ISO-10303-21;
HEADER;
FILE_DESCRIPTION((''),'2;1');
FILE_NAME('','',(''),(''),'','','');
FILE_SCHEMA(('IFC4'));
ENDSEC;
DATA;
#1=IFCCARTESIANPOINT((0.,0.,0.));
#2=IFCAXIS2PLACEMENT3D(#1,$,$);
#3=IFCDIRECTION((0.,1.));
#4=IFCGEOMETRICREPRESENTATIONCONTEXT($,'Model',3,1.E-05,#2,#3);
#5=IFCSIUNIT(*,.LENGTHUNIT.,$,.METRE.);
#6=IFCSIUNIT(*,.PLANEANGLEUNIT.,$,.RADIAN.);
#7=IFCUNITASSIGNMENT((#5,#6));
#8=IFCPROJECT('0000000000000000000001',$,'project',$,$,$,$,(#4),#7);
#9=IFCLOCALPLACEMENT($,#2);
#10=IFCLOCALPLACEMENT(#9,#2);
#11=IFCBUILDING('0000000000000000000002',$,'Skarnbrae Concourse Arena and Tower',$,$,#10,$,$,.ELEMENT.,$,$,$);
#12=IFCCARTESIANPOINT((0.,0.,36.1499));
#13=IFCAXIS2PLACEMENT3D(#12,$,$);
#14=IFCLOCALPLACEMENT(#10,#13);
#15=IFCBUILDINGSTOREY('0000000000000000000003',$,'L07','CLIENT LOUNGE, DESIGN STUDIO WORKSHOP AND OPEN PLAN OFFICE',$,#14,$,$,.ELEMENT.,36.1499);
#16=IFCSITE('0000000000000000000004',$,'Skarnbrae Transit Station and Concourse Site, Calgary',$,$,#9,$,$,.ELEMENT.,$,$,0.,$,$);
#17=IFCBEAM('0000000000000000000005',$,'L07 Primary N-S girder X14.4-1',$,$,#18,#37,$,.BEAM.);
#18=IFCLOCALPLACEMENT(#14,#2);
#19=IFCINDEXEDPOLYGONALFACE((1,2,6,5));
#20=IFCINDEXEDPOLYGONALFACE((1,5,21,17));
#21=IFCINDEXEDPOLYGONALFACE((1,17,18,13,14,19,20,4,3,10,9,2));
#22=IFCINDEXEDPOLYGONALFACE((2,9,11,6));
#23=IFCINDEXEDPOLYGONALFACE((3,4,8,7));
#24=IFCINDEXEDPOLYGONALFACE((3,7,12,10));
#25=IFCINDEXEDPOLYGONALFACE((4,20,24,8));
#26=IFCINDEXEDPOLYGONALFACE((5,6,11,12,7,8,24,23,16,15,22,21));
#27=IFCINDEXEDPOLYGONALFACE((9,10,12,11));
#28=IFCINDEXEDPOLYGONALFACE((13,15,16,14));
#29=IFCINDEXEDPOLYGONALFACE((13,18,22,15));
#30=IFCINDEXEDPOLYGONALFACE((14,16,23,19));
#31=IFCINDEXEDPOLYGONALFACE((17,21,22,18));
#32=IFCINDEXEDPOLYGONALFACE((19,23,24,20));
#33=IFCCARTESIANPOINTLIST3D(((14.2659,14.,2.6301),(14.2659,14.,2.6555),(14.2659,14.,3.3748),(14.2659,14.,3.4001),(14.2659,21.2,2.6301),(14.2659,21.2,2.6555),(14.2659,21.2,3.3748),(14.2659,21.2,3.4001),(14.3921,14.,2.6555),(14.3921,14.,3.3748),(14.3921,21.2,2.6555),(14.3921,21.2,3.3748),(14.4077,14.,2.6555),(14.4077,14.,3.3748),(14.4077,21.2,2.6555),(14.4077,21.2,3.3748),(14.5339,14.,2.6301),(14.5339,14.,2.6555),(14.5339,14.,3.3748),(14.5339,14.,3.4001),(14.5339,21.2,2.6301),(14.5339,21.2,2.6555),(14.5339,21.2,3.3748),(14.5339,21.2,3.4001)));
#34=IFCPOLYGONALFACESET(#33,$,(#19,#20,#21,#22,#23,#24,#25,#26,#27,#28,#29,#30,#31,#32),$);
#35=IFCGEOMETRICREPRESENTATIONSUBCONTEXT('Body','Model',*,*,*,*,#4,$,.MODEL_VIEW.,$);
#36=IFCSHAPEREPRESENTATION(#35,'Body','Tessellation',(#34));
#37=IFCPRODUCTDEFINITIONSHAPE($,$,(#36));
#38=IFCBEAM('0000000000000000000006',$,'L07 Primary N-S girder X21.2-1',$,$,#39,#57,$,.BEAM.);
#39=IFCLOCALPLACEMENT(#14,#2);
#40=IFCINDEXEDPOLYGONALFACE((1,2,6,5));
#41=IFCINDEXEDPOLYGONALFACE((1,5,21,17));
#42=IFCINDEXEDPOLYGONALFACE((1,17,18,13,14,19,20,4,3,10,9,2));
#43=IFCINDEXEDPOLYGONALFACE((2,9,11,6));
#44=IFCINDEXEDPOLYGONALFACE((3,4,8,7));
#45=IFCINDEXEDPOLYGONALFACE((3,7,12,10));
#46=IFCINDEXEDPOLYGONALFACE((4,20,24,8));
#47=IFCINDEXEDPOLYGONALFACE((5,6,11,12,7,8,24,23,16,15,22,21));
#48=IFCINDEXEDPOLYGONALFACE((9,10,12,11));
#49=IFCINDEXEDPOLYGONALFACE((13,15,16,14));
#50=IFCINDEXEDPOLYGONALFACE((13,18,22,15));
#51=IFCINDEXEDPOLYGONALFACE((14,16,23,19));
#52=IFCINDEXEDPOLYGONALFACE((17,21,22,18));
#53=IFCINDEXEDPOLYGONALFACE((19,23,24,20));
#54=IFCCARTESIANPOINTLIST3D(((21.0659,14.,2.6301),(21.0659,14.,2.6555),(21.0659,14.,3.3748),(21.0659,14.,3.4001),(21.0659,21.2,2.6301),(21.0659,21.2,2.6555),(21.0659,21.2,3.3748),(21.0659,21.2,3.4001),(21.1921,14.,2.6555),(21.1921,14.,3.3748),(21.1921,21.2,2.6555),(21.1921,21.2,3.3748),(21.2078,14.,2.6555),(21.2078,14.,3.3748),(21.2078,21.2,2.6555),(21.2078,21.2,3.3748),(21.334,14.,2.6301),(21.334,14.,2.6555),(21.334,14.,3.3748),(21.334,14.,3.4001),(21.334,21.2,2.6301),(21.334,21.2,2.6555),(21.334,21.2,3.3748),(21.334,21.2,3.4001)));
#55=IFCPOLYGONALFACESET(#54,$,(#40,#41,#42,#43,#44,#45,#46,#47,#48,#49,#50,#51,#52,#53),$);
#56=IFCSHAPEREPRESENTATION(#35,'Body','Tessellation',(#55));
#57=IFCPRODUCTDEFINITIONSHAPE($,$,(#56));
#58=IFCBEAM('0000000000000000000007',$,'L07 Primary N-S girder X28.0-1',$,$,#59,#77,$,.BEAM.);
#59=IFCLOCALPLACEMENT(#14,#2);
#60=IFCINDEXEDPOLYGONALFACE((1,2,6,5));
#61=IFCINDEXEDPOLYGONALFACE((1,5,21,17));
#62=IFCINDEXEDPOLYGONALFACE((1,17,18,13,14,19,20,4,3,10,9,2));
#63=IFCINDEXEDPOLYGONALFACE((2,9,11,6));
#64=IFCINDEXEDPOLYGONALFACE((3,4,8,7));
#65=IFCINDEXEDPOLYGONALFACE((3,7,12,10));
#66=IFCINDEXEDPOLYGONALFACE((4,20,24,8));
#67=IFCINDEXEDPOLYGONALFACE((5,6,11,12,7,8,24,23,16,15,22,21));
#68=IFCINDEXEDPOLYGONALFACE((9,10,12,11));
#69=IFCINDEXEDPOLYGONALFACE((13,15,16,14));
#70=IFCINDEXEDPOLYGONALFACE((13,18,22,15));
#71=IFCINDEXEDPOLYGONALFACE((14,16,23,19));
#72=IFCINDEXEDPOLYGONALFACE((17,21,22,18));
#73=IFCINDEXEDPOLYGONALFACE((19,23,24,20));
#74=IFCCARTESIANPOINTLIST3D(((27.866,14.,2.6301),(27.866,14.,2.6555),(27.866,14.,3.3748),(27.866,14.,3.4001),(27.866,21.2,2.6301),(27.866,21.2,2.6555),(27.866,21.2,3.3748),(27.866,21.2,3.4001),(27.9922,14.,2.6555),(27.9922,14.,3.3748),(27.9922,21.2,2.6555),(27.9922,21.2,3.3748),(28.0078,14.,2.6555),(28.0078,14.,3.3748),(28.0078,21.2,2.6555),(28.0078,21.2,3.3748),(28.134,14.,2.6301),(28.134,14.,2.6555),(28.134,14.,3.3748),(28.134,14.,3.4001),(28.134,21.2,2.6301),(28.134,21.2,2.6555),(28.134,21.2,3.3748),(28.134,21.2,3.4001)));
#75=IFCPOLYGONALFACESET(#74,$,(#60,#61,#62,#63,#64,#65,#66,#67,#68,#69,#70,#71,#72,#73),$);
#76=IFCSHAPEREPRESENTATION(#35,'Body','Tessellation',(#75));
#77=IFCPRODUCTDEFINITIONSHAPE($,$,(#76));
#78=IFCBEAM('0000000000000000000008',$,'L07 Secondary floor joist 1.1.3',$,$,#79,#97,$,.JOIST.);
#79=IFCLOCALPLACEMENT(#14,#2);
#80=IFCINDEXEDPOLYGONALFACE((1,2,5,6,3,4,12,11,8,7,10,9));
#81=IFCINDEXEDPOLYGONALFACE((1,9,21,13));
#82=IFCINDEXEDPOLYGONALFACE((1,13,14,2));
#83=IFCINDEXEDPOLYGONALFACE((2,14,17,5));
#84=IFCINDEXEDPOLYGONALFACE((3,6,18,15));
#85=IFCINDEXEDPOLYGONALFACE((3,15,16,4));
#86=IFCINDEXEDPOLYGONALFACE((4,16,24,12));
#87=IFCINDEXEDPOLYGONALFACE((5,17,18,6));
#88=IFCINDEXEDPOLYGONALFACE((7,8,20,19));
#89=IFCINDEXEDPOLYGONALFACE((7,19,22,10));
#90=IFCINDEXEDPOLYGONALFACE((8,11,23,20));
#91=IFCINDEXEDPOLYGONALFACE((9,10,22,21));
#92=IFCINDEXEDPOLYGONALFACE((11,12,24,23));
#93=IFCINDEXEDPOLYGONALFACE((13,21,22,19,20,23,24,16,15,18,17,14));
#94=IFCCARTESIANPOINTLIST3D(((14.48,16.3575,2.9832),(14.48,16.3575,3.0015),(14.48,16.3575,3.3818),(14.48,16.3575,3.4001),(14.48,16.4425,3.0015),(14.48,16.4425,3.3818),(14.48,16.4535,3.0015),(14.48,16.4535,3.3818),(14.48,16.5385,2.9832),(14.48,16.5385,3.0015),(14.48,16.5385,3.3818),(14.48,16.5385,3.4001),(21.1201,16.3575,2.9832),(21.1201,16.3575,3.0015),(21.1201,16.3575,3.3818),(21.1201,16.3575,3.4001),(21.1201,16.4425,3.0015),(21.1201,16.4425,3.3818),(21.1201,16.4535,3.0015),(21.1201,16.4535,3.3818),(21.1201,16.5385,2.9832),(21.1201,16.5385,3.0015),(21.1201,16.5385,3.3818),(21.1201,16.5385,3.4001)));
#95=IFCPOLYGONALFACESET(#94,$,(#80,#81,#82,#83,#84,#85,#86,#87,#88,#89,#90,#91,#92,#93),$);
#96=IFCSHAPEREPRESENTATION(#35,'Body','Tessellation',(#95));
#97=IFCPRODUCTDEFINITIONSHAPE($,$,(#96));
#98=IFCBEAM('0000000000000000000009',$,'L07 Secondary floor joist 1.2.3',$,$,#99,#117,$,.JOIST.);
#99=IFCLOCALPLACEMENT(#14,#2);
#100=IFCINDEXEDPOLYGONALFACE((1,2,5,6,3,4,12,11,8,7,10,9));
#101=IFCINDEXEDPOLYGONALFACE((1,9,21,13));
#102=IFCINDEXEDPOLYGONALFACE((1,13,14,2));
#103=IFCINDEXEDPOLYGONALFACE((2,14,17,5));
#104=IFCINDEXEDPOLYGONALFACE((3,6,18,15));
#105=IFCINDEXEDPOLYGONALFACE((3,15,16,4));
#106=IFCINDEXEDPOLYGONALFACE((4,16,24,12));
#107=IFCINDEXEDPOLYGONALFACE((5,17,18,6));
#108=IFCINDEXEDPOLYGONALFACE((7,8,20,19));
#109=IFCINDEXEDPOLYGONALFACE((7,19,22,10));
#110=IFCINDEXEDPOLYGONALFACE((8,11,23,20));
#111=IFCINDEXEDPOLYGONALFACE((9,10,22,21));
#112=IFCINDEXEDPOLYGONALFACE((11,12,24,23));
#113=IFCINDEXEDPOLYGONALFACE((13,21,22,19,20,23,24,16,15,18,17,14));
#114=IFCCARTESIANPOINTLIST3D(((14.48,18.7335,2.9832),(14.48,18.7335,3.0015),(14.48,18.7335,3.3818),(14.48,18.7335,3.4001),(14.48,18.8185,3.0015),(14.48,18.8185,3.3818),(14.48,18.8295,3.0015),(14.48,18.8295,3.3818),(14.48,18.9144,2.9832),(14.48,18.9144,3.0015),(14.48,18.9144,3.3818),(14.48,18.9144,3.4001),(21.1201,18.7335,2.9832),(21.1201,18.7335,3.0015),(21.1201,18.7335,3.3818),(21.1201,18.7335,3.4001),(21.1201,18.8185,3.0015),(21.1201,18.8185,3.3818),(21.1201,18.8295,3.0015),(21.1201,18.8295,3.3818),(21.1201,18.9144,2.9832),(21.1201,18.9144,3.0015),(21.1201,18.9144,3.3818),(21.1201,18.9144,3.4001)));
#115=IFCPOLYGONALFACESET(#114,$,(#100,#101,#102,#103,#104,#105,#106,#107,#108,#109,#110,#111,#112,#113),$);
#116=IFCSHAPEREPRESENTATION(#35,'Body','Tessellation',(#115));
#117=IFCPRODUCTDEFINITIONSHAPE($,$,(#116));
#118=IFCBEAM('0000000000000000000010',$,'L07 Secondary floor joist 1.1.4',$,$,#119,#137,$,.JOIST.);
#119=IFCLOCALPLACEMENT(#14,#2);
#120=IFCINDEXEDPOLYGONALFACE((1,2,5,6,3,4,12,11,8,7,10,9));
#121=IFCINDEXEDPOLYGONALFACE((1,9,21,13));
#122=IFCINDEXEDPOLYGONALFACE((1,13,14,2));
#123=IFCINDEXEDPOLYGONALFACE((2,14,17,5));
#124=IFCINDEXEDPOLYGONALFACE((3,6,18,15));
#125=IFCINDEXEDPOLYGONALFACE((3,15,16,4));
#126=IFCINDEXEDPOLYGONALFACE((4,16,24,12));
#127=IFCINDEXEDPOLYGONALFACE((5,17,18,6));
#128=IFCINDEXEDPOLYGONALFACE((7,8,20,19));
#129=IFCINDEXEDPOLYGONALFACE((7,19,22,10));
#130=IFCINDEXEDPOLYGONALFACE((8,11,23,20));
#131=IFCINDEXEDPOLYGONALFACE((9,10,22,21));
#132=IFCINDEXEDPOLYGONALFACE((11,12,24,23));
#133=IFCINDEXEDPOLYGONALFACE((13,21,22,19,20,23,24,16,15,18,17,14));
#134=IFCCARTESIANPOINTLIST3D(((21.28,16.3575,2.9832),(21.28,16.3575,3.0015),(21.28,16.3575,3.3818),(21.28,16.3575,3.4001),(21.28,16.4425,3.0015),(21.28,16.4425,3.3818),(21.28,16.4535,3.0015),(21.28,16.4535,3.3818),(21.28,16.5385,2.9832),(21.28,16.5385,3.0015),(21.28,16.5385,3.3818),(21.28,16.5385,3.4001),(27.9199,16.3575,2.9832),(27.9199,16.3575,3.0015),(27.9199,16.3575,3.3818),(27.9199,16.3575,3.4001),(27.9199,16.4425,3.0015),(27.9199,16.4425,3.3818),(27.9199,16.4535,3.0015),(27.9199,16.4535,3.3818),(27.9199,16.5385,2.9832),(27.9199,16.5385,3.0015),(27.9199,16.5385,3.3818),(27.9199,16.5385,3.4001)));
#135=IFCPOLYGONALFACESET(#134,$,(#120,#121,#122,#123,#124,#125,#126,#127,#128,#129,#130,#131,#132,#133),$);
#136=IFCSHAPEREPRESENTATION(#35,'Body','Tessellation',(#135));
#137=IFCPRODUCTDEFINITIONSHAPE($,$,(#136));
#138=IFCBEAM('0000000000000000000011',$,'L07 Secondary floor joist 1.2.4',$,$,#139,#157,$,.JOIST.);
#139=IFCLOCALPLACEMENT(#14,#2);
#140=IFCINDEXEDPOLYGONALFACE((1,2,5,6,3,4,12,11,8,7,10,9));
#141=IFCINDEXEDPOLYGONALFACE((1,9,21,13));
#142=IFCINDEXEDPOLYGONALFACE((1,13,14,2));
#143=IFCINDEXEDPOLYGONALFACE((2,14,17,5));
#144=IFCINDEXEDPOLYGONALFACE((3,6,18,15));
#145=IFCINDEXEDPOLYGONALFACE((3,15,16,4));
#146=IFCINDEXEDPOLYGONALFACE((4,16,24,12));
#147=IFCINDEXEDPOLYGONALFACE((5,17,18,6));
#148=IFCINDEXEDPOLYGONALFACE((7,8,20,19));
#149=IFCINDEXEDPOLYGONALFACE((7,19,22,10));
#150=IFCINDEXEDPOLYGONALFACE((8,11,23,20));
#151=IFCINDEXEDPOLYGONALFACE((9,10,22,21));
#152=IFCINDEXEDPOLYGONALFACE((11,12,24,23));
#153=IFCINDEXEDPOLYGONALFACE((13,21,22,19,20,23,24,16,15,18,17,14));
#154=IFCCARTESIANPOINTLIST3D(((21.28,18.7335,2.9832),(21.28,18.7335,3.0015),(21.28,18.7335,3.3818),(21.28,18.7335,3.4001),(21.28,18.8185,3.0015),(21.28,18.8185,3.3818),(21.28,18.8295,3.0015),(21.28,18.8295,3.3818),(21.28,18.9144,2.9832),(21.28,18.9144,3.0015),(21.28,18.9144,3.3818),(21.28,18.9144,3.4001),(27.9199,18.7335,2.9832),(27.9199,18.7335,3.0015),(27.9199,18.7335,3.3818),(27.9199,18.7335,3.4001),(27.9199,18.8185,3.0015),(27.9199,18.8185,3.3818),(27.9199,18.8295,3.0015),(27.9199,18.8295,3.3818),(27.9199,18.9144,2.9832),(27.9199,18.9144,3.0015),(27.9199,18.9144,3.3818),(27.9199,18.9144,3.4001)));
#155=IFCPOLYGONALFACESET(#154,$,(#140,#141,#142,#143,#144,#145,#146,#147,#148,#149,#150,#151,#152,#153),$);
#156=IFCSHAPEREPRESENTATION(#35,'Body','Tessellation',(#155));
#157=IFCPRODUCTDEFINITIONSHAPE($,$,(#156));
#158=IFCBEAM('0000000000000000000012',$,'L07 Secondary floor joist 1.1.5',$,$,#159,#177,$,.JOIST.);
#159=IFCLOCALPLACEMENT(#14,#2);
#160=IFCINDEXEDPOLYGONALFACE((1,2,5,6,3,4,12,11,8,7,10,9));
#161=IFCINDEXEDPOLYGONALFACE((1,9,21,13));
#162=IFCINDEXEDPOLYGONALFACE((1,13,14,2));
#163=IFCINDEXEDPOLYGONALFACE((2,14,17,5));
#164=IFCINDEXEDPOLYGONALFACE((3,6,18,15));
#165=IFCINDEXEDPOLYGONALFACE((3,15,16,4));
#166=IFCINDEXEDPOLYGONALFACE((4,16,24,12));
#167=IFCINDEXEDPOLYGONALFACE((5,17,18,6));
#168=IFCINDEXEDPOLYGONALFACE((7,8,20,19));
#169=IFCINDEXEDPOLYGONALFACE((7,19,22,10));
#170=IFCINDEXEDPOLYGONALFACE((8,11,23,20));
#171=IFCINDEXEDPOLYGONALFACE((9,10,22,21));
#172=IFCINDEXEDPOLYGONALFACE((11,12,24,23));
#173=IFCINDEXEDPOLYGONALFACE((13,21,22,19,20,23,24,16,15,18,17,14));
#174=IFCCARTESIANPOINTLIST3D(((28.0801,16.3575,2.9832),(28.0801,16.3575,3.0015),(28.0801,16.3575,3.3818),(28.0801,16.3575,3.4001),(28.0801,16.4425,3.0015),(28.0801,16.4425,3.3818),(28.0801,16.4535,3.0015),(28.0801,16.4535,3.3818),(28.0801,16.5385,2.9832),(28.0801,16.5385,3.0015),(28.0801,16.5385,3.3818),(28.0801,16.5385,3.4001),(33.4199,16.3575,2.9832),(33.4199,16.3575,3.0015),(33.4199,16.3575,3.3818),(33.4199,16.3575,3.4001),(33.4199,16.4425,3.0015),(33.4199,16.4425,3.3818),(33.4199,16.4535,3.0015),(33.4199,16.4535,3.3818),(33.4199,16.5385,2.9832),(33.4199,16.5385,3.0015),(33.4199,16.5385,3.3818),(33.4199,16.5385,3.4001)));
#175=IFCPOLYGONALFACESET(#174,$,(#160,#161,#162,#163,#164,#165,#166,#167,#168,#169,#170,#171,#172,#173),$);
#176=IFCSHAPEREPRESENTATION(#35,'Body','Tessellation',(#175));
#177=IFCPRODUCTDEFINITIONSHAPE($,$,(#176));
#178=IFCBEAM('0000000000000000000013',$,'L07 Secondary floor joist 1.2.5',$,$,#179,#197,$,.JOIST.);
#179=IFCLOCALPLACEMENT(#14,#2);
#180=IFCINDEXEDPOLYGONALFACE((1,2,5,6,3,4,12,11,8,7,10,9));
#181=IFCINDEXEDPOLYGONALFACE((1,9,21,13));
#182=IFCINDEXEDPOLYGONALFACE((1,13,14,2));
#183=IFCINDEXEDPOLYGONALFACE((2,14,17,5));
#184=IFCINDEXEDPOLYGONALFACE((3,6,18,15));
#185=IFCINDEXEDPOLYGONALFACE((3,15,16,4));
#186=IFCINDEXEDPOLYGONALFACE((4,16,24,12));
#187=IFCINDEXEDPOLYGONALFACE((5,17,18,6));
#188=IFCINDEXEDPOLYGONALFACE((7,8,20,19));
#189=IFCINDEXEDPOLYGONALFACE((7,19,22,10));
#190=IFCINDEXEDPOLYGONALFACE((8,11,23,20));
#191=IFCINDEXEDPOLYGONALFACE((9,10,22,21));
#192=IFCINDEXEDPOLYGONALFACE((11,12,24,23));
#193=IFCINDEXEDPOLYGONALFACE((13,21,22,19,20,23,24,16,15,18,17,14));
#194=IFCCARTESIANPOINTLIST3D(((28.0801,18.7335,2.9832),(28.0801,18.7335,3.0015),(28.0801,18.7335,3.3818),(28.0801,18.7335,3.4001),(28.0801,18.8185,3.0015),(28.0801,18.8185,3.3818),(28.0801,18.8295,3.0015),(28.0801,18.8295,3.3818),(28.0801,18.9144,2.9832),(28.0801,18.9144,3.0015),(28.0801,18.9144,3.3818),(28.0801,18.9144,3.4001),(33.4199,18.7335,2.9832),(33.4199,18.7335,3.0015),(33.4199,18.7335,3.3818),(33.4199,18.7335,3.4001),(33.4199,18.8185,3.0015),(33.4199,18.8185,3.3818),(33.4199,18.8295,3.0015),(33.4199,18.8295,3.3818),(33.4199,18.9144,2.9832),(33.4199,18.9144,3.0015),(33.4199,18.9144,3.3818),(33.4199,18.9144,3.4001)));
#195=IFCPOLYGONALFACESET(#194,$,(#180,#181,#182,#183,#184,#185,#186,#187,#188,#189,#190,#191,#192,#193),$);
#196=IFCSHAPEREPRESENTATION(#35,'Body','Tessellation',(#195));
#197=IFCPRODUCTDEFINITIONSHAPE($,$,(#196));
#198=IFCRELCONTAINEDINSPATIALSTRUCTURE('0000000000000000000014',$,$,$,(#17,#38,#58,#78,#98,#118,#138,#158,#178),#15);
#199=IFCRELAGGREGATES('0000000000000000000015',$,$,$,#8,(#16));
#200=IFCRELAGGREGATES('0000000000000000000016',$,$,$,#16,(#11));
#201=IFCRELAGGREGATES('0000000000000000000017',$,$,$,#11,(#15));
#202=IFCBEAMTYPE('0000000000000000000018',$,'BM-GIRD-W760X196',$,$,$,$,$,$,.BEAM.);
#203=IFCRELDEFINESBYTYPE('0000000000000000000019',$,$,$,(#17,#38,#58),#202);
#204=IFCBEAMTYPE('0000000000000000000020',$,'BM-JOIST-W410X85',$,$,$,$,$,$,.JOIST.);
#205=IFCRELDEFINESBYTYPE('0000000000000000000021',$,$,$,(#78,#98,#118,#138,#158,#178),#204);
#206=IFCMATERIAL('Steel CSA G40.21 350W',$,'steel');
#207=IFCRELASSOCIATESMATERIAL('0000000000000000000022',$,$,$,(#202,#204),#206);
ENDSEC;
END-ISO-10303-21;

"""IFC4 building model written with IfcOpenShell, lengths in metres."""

from ifc_helpers import new_model, si_unit, direction, frame, origin, origin_2d, place, context, subcontext, project, spatial, i_section, extrude, source, transform, mapped, material, material_profile, profile_set, type_object, element, save


model = new_model("IFC4")

# Units and contexts
model_context = context("Model", 3, precision=1e-05, world=origin(), true_north=direction((0.0, 1.0)))
body_context = subcontext(model_context, "Body", "Model", "MODEL_VIEW")
ifc_project = project(units=[si_unit("LENGTHUNIT", "METRE"), si_unit("PLANEANGLEUNIT", "RADIAN")], contexts=[model_context])

# Site, building, storey
site_placement = place(None, origin())
site = spatial("IfcSite", under=ifc_project, at=site_placement, Name="Skarnbrae Transit Station and Concourse Site, Calgary", CompositionType="ELEMENT", RefElevation=0.0)
building_placement = place(site_placement, origin())
building = spatial("IfcBuilding", under=site, at=building_placement, Name="Skarnbrae Concourse Arena and Tower", CompositionType="ELEMENT")
storey_placement = place(building_placement, frame((0.0, 0.0, 36.1499)))
storey = spatial("IfcBuildingStorey", under=building, at=storey_placement, Name="L07", Description="CLIENT LOUNGE, DESIGN STUDIO WORKSHOP AND OPEN PLAN OFFICE", CompositionType="ELEMENT", Elevation=36.1499)

# Shared definitions
ifc_material_1 = material(Name="Steel CSA G40.21 350W", Category="steel")

# Beams
ifc_material_profile_1 = material_profile(ifc_material_1, i_section(OverallWidth=0.2681, OverallDepth=0.77, WebThickness=0.0156, FlangeThickness=0.0254, at=origin_2d()), Name="W760X196")
ifc_profile_set_1 = profile_set([ifc_material_profile_1], Name="Steel CSA G40.21 350W")
beam_type_1 = type_object("IfcBeamType", Name="BM-GIRD-W760X196", PredefinedType="BEAM", material=ifc_profile_set_1)
shared_shape_1 = source(origin(), body_context, "Body", "SweptSolid", [
    extrude(i_section(OverallWidth=0.2681, OverallDepth=0.77, WebThickness=0.0156, FlangeThickness=0.0254, at=origin_2d()), origin(), (0.0, 0.0, 1.0), 7.2),
])
for number, where, z_axis, x_axis, name in (
    (1, (14.3999, 14.0, 3.0151), (0.0, 1.0, 0.0), (-1.0, 0.0, 0.0), "L07 Primary N-S girder X14.4-1"),
    (2, (21.2, 14.0, 3.0151), (0.0, 1.0, 0.0), (-1.0, 0.0, 0.0), "L07 Primary N-S girder X21.2-1"),
    (3, (28.0, 14.0, 3.0151), (0.0, 1.0, 0.0), (-1.0, 0.0, 0.0), "L07 Primary N-S girder X28.0-1"),
):
    element("IfcBeam", number, at=place(storey_placement, frame(where, z_axis=z_axis, x_axis=x_axis)), inside=storey, type_object=beam_type_1, Name=name, PredefinedType="BEAM", context=body_context, shape_type="MappedRepresentation", body=[
        mapped(shared_shape_1, transform((0.0, 0.0, 0.0))),
    ])
ifc_material_profile_2 = material_profile(ifc_material_1, i_section(OverallWidth=0.1809, OverallDepth=0.417, WebThickness=0.011, FlangeThickness=0.0183, at=origin_2d()), Name="W410X85")
ifc_profile_set_2 = profile_set([ifc_material_profile_2], Name="Steel CSA G40.21 350W")
beam_type_2 = type_object("IfcBeamType", Name="BM-JOIST-W410X85", PredefinedType="JOIST", material=ifc_profile_set_2)
shared_shape_2 = source(origin(), body_context, "Body", "SweptSolid", [
    extrude(i_section(OverallWidth=0.1809, OverallDepth=0.417, WebThickness=0.011, FlangeThickness=0.0183, at=origin_2d()), origin(), (0.0, 0.0, 1.0), 6.6401),
])
for number, where, z_axis, x_axis, name in (
    (4, (14.48, 16.448, 3.1917), (1.0, 0.0, 0.0), (0.0, 1.0, 0.0), "L07 Secondary floor joist 1.1.3"),
    (5, (14.48, 18.824, 3.1917), (1.0, 0.0, 0.0), (0.0, 1.0, 0.0), "L07 Secondary floor joist 1.2.3"),
):
    element("IfcBeam", number, at=place(storey_placement, frame(where, z_axis=z_axis, x_axis=x_axis)), inside=storey, type_object=beam_type_2, Name=name, PredefinedType="JOIST", context=body_context, shape_type="MappedRepresentation", body=[
        mapped(shared_shape_2, transform((0.0, 0.0, 0.0))),
    ])
shared_shape_3 = source(origin(), body_context, "Body", "SweptSolid", [
    extrude(i_section(OverallWidth=0.1809, OverallDepth=0.417, WebThickness=0.011, FlangeThickness=0.0183, at=origin_2d()), origin(), (0.0, 0.0, 1.0), 6.6399),
])
for number, where, z_axis, x_axis, name in (
    (6, (21.28, 16.448, 3.1917), (1.0, 0.0, 0.0), (0.0, 1.0, 0.0), "L07 Secondary floor joist 1.1.4"),
    (7, (21.28, 18.824, 3.1917), (1.0, 0.0, 0.0), (0.0, 1.0, 0.0), "L07 Secondary floor joist 1.2.4"),
):
    element("IfcBeam", number, at=place(storey_placement, frame(where, z_axis=z_axis, x_axis=x_axis)), inside=storey, type_object=beam_type_2, Name=name, PredefinedType="JOIST", context=body_context, shape_type="MappedRepresentation", body=[
        mapped(shared_shape_3, transform((0.0, 0.0, 0.0))),
    ])
shared_shape_4 = source(origin(), body_context, "Body", "SweptSolid", [
    extrude(i_section(OverallWidth=0.1809, OverallDepth=0.417, WebThickness=0.011, FlangeThickness=0.0183, at=origin_2d()), origin(), (0.0, 0.0, 1.0), 5.3398),
])
for number, where, z_axis, x_axis, name in (
    (8, (28.0801, 16.448, 3.1917), (1.0, 0.0, 0.0), (0.0, 1.0, 0.0), "L07 Secondary floor joist 1.1.5"),
    (9, (28.0801, 18.824, 3.1917), (1.0, 0.0, 0.0), (0.0, 1.0, 0.0), "L07 Secondary floor joist 1.2.5"),
):
    element("IfcBeam", number, at=place(storey_placement, frame(where, z_axis=z_axis, x_axis=x_axis)), inside=storey, type_object=beam_type_2, Name=name, PredefinedType="JOIST", context=body_context, shape_type="MappedRepresentation", body=[
        mapped(shared_shape_4, transform((0.0, 0.0, 0.0))),
    ])

save(model, "model.ifc")
